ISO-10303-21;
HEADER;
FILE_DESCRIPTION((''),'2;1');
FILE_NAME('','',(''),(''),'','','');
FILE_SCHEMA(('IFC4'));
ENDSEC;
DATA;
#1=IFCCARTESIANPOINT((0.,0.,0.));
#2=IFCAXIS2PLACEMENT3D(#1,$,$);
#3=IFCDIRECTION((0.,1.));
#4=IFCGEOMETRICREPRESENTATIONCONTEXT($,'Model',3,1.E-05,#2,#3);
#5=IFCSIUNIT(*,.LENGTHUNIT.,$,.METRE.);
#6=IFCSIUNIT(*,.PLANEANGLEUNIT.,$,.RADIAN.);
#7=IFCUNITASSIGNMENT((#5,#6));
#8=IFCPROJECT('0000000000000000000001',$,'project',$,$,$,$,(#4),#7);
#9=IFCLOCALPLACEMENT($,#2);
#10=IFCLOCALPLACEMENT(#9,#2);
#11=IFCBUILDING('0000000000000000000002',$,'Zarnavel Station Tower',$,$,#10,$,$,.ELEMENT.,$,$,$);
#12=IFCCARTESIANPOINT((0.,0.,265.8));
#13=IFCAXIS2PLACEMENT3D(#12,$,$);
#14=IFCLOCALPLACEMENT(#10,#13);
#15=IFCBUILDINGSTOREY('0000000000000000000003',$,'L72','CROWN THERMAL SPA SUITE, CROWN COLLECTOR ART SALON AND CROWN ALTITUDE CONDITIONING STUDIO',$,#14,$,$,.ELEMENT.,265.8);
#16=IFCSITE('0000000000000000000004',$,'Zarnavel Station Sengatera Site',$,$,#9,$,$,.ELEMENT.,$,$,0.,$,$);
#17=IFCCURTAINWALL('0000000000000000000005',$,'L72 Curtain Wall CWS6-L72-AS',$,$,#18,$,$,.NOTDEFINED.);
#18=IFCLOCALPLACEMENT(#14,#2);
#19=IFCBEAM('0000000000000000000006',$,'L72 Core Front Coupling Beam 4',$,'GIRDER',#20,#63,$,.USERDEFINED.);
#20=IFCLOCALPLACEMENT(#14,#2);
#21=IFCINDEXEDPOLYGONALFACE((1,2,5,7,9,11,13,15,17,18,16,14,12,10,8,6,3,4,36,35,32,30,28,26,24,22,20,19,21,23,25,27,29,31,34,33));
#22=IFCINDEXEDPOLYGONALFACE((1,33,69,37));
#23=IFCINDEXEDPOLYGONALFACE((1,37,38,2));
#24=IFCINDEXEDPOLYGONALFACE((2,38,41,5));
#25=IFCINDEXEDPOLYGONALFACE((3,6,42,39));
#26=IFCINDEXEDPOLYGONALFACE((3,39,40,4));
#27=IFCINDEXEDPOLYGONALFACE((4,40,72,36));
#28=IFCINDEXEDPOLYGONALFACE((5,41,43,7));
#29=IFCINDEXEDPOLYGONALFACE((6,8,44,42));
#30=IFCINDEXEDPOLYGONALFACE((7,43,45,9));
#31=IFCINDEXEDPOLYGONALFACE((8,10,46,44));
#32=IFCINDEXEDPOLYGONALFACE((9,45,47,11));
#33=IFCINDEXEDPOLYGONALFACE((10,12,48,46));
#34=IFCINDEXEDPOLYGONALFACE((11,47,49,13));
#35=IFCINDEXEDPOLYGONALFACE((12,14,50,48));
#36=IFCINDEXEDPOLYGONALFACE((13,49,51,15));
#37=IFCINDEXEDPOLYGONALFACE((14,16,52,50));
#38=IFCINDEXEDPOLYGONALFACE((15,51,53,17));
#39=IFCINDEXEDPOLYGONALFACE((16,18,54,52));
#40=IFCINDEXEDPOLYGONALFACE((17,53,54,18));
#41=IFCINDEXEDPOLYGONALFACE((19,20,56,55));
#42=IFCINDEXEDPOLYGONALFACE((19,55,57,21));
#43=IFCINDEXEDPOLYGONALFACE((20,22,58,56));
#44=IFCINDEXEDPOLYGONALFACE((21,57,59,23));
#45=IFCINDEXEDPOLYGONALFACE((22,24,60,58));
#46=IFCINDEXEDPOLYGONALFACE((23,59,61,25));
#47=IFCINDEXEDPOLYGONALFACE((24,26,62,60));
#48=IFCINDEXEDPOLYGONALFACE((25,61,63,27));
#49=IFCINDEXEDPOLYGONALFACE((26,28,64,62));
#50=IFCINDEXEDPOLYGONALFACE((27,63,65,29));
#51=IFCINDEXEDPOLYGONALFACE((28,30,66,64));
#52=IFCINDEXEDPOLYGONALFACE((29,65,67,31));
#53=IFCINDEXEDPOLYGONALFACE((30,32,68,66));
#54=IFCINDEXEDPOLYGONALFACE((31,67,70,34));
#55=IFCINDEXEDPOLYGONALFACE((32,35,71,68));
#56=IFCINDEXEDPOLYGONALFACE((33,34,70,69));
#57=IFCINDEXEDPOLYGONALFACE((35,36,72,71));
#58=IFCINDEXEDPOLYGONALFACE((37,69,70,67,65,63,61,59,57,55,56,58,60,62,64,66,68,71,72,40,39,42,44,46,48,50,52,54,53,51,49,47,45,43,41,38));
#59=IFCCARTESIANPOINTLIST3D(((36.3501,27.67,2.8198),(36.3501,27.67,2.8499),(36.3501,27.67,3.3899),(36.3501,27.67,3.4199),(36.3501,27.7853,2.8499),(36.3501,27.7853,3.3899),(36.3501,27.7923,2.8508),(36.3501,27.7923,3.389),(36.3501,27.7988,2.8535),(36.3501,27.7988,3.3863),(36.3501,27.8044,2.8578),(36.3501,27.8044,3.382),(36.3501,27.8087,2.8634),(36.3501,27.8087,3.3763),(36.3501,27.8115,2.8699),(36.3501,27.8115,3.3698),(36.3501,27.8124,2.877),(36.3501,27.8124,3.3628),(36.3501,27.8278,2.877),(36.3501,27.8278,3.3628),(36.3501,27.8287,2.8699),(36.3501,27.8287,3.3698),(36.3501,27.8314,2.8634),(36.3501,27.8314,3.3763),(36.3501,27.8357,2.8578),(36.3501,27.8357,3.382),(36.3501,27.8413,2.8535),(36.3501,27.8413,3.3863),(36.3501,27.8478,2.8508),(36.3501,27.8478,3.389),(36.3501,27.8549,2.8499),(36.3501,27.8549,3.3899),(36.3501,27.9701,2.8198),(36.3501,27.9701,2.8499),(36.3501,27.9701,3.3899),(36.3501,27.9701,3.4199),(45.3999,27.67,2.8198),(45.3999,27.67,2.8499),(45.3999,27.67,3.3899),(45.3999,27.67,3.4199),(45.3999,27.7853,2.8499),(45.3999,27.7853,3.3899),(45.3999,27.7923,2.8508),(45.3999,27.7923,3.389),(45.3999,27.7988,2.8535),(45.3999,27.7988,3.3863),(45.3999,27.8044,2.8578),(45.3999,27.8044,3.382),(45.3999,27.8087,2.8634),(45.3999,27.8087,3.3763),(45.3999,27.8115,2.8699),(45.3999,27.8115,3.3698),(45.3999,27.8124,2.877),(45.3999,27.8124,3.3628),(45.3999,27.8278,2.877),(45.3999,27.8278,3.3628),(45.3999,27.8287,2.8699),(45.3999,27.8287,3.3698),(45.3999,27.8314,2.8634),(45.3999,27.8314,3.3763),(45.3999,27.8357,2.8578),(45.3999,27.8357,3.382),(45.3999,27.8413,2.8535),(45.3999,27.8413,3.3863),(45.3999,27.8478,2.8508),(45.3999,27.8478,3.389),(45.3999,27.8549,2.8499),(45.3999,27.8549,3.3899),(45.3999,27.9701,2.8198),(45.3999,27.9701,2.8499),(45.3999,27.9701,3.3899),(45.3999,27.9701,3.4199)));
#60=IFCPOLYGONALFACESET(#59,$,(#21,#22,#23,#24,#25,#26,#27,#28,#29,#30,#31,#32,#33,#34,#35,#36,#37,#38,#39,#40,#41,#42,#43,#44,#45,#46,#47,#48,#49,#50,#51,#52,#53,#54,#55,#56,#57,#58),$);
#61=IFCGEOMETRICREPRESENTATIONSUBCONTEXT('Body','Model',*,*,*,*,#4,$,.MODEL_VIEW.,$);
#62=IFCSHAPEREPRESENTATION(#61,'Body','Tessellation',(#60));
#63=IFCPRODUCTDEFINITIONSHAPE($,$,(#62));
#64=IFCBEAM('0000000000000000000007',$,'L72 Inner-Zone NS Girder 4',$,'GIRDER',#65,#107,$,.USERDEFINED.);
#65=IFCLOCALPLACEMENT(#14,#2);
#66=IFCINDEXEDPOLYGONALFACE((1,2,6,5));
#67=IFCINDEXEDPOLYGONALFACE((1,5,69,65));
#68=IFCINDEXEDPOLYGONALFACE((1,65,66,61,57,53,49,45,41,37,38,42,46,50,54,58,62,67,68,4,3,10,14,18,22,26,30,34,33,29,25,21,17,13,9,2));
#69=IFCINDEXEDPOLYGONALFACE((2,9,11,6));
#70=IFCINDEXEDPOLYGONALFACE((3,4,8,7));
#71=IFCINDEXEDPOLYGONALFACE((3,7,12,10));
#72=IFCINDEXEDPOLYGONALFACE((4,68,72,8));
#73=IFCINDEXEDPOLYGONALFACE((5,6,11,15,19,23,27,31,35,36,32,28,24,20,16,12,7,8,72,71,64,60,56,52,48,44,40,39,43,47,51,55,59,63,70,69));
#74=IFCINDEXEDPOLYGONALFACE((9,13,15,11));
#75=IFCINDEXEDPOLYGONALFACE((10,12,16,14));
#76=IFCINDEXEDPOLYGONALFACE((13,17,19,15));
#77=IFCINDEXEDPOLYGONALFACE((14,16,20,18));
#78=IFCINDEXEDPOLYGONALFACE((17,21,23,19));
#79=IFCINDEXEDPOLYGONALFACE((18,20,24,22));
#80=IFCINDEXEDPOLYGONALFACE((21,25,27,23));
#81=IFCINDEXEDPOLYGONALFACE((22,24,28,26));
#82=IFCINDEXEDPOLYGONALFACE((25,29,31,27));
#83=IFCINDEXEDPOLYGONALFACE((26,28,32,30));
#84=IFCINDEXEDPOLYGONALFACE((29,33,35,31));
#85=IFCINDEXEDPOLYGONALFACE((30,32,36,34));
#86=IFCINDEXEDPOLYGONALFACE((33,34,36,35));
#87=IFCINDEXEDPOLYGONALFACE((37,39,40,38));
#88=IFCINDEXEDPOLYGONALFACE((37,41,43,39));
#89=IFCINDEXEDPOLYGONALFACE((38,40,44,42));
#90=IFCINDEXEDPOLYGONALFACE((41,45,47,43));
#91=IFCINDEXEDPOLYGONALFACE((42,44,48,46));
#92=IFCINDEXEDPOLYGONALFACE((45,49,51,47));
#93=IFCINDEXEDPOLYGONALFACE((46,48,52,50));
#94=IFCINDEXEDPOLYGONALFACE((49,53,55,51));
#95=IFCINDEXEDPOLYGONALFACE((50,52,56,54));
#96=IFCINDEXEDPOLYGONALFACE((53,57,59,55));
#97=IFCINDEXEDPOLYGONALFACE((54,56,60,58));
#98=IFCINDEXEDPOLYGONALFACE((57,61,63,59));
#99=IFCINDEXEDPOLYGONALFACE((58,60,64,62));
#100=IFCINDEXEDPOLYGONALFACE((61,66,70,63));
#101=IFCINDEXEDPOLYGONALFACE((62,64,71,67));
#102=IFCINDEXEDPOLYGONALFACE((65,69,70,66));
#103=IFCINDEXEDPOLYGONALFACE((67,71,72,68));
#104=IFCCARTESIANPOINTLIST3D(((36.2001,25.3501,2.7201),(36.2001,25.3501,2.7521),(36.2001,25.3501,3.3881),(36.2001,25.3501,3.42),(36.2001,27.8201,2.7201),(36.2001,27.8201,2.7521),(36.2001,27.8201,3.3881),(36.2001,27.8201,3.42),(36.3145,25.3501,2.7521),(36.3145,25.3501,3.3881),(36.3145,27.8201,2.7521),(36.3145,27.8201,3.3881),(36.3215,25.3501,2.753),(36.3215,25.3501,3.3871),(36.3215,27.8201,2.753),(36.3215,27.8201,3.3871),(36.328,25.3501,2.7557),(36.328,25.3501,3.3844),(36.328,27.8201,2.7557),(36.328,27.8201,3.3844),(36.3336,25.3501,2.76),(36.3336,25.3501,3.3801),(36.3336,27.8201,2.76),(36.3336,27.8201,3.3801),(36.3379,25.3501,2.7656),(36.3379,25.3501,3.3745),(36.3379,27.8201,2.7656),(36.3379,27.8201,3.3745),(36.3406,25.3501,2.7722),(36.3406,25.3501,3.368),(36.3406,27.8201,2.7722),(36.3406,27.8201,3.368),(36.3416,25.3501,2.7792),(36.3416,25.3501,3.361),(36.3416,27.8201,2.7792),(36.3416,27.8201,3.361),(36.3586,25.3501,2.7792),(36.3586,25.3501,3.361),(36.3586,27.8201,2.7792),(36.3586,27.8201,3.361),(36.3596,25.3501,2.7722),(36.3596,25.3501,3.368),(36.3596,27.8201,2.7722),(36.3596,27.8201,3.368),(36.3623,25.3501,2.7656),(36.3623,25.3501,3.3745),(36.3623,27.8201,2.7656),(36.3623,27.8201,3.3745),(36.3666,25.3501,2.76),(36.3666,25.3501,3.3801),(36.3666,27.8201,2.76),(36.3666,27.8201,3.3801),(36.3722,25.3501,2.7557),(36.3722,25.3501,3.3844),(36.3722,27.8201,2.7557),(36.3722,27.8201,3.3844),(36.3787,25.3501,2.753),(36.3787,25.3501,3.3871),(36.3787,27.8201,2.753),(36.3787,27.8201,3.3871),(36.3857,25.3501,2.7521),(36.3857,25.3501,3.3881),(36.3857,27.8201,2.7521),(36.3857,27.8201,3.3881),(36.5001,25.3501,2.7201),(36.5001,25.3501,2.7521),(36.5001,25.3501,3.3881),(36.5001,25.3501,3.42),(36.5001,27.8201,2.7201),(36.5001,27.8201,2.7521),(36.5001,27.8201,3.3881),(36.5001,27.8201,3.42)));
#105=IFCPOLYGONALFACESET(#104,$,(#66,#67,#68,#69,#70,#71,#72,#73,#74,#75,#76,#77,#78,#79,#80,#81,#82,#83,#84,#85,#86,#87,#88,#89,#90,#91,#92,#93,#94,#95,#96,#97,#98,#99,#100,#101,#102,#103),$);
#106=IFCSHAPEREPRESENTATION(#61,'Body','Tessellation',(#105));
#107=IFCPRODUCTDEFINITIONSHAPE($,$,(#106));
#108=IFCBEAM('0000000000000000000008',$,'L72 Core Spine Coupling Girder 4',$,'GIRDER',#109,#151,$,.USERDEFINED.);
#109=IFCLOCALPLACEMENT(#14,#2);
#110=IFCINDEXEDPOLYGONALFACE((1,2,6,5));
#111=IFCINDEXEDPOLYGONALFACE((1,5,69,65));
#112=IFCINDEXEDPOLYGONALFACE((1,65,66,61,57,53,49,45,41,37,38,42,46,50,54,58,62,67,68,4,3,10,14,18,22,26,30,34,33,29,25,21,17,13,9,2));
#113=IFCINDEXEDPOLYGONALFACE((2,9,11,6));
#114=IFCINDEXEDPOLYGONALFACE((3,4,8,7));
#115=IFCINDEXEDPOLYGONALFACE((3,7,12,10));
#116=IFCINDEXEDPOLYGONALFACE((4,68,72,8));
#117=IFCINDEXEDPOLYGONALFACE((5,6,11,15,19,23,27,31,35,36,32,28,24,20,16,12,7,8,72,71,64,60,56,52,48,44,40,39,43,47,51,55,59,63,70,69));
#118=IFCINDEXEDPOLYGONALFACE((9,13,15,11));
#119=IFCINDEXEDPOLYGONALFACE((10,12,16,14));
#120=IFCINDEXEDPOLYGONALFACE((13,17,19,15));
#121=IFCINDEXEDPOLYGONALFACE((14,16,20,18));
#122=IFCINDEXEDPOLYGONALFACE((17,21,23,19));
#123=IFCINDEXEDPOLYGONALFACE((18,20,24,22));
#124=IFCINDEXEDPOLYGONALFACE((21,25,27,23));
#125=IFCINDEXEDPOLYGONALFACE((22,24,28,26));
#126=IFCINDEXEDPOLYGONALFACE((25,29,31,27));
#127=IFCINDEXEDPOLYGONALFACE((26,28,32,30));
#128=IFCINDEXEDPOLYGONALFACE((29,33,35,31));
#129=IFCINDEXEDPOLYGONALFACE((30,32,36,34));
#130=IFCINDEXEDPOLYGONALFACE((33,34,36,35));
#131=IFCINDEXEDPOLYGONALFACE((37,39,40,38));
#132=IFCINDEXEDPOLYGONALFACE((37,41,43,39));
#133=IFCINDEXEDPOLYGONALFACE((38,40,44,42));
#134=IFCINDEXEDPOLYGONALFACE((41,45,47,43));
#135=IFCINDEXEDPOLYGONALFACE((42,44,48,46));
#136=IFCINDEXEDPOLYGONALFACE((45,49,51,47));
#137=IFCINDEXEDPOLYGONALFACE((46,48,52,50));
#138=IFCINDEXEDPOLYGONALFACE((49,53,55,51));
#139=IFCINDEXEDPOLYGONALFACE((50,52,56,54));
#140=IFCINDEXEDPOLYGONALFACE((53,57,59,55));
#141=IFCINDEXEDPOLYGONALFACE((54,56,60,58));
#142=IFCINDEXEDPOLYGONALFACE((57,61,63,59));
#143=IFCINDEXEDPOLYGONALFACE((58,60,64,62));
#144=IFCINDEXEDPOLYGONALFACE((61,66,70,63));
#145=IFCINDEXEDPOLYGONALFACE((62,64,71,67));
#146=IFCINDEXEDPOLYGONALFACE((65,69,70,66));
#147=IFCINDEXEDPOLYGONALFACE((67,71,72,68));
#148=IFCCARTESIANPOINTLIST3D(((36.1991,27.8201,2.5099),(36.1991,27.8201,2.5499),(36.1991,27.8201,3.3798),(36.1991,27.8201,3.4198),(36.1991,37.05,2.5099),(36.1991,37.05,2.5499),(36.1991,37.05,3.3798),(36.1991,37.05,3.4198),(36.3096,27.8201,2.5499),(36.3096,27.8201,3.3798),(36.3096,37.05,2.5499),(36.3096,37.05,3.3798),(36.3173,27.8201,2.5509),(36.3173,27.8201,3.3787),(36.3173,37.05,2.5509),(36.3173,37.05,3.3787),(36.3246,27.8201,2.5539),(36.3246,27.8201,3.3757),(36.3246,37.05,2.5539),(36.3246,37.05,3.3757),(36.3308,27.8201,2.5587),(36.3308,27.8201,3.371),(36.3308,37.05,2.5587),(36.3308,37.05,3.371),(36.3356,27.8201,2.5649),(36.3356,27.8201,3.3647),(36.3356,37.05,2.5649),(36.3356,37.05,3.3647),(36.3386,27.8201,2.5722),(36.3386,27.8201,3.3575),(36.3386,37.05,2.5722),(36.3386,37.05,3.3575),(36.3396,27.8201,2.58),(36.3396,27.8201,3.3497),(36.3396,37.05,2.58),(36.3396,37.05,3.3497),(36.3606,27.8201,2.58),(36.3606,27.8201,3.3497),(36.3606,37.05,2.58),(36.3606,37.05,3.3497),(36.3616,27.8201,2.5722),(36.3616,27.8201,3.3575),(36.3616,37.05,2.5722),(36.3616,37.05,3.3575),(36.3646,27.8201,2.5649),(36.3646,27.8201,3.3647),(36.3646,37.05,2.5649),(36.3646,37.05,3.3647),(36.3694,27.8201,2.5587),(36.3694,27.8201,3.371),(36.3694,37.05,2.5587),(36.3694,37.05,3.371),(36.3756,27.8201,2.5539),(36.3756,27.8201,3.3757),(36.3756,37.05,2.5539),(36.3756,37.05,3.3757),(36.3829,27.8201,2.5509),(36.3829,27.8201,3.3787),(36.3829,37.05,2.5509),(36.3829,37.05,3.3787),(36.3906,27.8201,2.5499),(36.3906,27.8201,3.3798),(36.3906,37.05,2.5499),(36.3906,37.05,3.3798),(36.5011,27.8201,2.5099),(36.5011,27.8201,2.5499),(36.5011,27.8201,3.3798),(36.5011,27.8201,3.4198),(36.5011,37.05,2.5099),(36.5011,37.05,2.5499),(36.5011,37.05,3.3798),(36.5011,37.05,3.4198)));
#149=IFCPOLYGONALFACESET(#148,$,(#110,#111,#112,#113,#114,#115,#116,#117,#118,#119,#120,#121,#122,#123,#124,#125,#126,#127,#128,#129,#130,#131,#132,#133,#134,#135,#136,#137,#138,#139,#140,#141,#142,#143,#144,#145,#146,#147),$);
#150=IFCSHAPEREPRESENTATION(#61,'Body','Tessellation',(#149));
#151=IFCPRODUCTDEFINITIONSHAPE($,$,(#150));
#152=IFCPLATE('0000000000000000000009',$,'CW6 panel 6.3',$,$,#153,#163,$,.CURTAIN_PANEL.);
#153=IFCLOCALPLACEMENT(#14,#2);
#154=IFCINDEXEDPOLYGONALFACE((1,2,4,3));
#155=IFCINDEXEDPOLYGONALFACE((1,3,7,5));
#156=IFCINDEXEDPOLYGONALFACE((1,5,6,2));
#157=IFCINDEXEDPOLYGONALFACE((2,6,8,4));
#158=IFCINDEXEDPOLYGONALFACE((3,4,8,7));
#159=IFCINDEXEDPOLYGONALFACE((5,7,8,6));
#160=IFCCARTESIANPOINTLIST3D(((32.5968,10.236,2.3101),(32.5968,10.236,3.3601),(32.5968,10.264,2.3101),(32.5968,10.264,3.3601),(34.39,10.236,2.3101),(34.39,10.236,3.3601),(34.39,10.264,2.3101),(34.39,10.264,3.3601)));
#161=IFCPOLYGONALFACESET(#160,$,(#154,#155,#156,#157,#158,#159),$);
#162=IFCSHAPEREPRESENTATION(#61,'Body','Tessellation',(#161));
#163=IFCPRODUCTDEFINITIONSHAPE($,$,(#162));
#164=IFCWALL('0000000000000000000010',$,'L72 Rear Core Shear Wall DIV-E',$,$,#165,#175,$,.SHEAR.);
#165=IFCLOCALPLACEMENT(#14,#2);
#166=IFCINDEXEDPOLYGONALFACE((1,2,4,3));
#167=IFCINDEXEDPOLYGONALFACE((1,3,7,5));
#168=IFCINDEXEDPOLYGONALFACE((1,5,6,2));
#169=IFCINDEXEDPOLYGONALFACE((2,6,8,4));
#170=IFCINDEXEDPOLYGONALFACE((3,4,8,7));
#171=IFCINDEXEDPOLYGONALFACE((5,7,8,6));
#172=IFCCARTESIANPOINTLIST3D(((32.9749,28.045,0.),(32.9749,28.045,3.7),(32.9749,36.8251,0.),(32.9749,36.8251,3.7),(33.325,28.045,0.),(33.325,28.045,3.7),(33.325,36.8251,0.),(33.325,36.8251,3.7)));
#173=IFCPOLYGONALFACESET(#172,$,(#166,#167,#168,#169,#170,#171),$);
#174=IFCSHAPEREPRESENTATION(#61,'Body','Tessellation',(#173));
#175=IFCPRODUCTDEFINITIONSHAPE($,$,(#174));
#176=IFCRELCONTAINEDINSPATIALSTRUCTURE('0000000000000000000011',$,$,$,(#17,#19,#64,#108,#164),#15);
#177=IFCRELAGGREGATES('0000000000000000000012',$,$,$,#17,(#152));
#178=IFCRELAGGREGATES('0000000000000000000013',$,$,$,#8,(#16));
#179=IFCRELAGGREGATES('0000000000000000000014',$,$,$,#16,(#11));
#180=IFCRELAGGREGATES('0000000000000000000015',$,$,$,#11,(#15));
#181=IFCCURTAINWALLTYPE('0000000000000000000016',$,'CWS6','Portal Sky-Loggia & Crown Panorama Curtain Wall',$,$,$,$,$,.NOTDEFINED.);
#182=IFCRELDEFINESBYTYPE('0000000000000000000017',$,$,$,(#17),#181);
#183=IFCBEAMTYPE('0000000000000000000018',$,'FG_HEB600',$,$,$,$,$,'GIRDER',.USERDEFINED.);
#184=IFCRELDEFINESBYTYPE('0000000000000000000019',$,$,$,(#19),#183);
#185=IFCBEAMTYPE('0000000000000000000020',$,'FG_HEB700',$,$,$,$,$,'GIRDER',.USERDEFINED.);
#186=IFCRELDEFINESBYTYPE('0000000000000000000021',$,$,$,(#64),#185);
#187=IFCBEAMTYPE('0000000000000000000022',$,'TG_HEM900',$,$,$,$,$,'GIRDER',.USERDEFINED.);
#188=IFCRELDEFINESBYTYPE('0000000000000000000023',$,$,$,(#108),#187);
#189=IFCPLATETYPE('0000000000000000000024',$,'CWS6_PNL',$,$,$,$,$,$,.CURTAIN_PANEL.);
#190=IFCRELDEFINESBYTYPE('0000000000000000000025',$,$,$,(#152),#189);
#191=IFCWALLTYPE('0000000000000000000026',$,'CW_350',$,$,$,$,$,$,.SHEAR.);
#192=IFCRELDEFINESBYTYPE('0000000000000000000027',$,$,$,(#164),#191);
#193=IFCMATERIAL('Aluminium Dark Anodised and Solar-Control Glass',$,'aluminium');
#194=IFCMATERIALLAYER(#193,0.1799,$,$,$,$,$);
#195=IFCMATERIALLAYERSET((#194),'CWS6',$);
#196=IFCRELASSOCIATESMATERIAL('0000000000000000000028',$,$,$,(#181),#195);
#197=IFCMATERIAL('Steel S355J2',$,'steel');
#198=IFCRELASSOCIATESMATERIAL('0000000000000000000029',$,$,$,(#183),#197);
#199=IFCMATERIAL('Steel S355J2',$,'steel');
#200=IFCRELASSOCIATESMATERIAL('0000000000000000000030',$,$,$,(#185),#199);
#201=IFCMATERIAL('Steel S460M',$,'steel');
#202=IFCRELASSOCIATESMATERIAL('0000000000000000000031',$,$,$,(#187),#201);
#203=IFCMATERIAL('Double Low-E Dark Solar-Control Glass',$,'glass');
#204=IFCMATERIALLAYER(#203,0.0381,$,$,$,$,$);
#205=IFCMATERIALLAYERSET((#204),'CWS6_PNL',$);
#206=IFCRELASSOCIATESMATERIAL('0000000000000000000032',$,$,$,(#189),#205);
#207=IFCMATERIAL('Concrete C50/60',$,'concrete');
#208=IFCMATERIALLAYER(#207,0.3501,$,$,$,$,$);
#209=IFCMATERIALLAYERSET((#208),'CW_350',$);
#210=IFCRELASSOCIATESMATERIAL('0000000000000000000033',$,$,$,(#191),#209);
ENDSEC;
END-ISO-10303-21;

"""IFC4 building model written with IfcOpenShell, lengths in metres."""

from ifc_helpers import new_model, si_unit, direction, frame, frame_2d, origin, origin_2d, place, context, subcontext, project, spatial, rectangle, i_section, extrude, material, layer, layer_set, material_profile, profile_set, type_object, element, aggregate, save


model = new_model("IFC4")

# Units and contexts
model_context = context("Model", 3, precision=1e-05, world=origin(), true_north=direction((0.0, 1.0)))
body_context = subcontext(model_context, "Body", "Model", "MODEL_VIEW")
ifc_project = project(units=[si_unit("LENGTHUNIT", "METRE"), si_unit("PLANEANGLEUNIT", "RADIAN")], contexts=[model_context])

# Site, building, storey
site_placement = place(None, origin())
site = spatial("IfcSite", under=ifc_project, at=site_placement, Name="Zarnavel Station Sengatera Site", CompositionType="ELEMENT", RefElevation=0.0)
building_placement = place(site_placement, origin())
building = spatial("IfcBuilding", under=site, at=building_placement, Name="Zarnavel Station Tower", CompositionType="ELEMENT")
storey_placement = place(building_placement, frame((0.0, 0.0, 265.8)))
storey = spatial("IfcBuildingStorey", under=building, at=storey_placement, Name="L72", Description="CROWN THERMAL SPA SUITE, CROWN COLLECTOR ART SALON AND CROWN ALTITUDE CONDITIONING STUDIO", CompositionType="ELEMENT", Elevation=265.8)

# Curtain wall
ifc_material_1 = material(Name="Aluminium Dark Anodised and Solar-Control Glass", Category="aluminium")
ifc_layer_1 = layer(ifc_material_1, 0.1799)
ifc_layer_set_1 = layer_set([ifc_layer_1], Name="CWS6")
curtain_wall_type = type_object("IfcCurtainWallType", Name="CWS6", Description="Portal Sky-Loggia & Crown Panorama Curtain Wall", PredefinedType="NOTDEFINED", material=ifc_layer_set_1)
curtain_wall_placement = place(storey_placement, origin())
curtain_wall = element("IfcCurtainWall", 1, at=curtain_wall_placement, inside=storey, type_object=curtain_wall_type, Name="L72 Curtain Wall CWS6-L72-AS", PredefinedType="NOTDEFINED")

# Beams
ifc_material_2 = material(Name="Steel S355J2", Category="steel")
ifc_material_profile_1 = material_profile(ifc_material_2, i_section(OverallWidth=0.3, OverallDepth=0.6001, WebThickness=0.0154, FlangeThickness=0.03, FilletRadius=0.0271, at=origin_2d()), Name="HEB600")
ifc_profile_set_1 = profile_set([ifc_material_profile_1], Name="Steel S355J2")
beam_type_1 = type_object("IfcBeamType", Name="FG_HEB600", ElementType="GIRDER", PredefinedType="USERDEFINED", material=ifc_profile_set_1)
beam_1_placement = place(storey_placement, frame((36.3501, 27.8201, 3.1199), z_axis=(1.0, 0.0, 0.0), x_axis=(0.0, 1.0, 0.0)))
element("IfcBeam", 2, at=beam_1_placement, inside=storey, type_object=beam_type_1, Name="L72 Core Front Coupling Beam 4", ObjectType="GIRDER", PredefinedType="USERDEFINED", context=body_context, shape_type="SweptSolid", body=[
    extrude(i_section(OverallWidth=0.3, OverallDepth=0.6001, WebThickness=0.0154, FlangeThickness=0.03, FilletRadius=0.0271, at=origin_2d()), origin(), (0.0, 0.0, 1.0), 9.0498),
])
ifc_material_3 = material(Name="Steel S355J2", Category="steel")
ifc_material_profile_2 = material_profile(ifc_material_3, i_section(OverallWidth=0.3, OverallDepth=0.7, WebThickness=0.0171, FlangeThickness=0.032, FilletRadius=0.0271, at=origin_2d()), Name="HEB700")
ifc_profile_set_2 = profile_set([ifc_material_profile_2], Name="Steel S355J2")
beam_type_2 = type_object("IfcBeamType", Name="FG_HEB700", ElementType="GIRDER", PredefinedType="USERDEFINED", material=ifc_profile_set_2)
beam_2_placement = place(storey_placement, frame((36.3501, 25.3501, 3.0701), z_axis=(0.0, 1.0, 0.0), x_axis=(-1.0, 0.0, 0.0)))
element("IfcBeam", 3, at=beam_2_placement, inside=storey, type_object=beam_type_2, Name="L72 Inner-Zone NS Girder 4", ObjectType="GIRDER", PredefinedType="USERDEFINED", context=body_context, shape_type="SweptSolid", body=[
    extrude(i_section(OverallWidth=0.3, OverallDepth=0.7, WebThickness=0.0171, FlangeThickness=0.032, FilletRadius=0.0271, at=origin_2d()), origin(), (0.0, 0.0, 1.0), 2.47),
])
ifc_material_4 = material(Name="Steel S460M", Category="steel")
ifc_material_profile_3 = material_profile(ifc_material_4, i_section(OverallWidth=0.302, OverallDepth=0.9099, WebThickness=0.021, FlangeThickness=0.04, FilletRadius=0.03, at=origin_2d()), Name="HEM900")
ifc_profile_set_3 = profile_set([ifc_material_profile_3], Name="Steel S460M")
beam_type_3 = type_object("IfcBeamType", Name="TG_HEM900", ElementType="GIRDER", PredefinedType="USERDEFINED", material=ifc_profile_set_3)
beam_3_placement = place(storey_placement, frame((36.3501, 27.8201, 2.9648), z_axis=(0.0, 1.0, 0.0), x_axis=(-1.0, 0.0, 0.0)))
element("IfcBeam", 4, at=beam_3_placement, inside=storey, type_object=beam_type_3, Name="L72 Core Spine Coupling Girder 4", ObjectType="GIRDER", PredefinedType="USERDEFINED", context=body_context, shape_type="SweptSolid", body=[
    extrude(i_section(OverallWidth=0.302, OverallDepth=0.9099, WebThickness=0.021, FlangeThickness=0.04, FilletRadius=0.03, at=origin_2d()), origin(), (0.0, 0.0, 1.0), 9.23),
])

# Plate
ifc_material_5 = material(Name="Double Low-E Dark Solar-Control Glass", Category="glass")
ifc_layer_2 = layer(ifc_material_5, 0.0381)
ifc_layer_set_2 = layer_set([ifc_layer_2], Name="CWS6_PNL")
plate_type = type_object("IfcPlateType", Name="CWS6_PNL", PredefinedType="CURTAIN_PANEL", material=ifc_layer_set_2)
plate_placement = place(storey_placement, frame((33.4934, 10.25, 2.3101), z_axis=(0.0, 0.0, 1.0), x_axis=(1.0, 0.0, 0.0)))
plate = element("IfcPlate", 5, at=plate_placement, type_object=plate_type, Name="CW6 panel 6.3", PredefinedType="CURTAIN_PANEL", context=body_context, shape_type="SweptSolid", body=[
    extrude(rectangle(XDim=1.7932, YDim=0.0281, at=origin_2d()), origin(), (0.0, 0.0, 1.0), 1.05),
])
aggregate(curtain_wall, [plate])

# Wall
ifc_material_6 = material(Name="Concrete C50/60", Category="concrete")
ifc_layer_3 = layer(ifc_material_6, 0.3501)
ifc_layer_set_3 = layer_set([ifc_layer_3], Name="CW_350")
wall_type_1 = type_object("IfcWallType", Name="CW_350", PredefinedType="SHEAR", material=ifc_layer_set_3)
wall_1_placement = place(storey_placement, frame((33.1499, 28.0449, 0.0), z_axis=(0.0, 0.0, 1.0), x_axis=(0.0, 1.0, 0.0)))
element("IfcWall", 6, at=wall_1_placement, inside=storey, type_object=wall_type_1, Name="L72 Rear Core Shear Wall DIV-E", PredefinedType="SHEAR", context=body_context, shape_type="SweptSolid", body=[
    extrude(rectangle(XDim=8.78, YDim=0.3501, at=frame_2d((4.3901, 0.0))), origin(), (0.0, 0.0, 1.0), 3.7),
])

save(model, "model.ifc")
